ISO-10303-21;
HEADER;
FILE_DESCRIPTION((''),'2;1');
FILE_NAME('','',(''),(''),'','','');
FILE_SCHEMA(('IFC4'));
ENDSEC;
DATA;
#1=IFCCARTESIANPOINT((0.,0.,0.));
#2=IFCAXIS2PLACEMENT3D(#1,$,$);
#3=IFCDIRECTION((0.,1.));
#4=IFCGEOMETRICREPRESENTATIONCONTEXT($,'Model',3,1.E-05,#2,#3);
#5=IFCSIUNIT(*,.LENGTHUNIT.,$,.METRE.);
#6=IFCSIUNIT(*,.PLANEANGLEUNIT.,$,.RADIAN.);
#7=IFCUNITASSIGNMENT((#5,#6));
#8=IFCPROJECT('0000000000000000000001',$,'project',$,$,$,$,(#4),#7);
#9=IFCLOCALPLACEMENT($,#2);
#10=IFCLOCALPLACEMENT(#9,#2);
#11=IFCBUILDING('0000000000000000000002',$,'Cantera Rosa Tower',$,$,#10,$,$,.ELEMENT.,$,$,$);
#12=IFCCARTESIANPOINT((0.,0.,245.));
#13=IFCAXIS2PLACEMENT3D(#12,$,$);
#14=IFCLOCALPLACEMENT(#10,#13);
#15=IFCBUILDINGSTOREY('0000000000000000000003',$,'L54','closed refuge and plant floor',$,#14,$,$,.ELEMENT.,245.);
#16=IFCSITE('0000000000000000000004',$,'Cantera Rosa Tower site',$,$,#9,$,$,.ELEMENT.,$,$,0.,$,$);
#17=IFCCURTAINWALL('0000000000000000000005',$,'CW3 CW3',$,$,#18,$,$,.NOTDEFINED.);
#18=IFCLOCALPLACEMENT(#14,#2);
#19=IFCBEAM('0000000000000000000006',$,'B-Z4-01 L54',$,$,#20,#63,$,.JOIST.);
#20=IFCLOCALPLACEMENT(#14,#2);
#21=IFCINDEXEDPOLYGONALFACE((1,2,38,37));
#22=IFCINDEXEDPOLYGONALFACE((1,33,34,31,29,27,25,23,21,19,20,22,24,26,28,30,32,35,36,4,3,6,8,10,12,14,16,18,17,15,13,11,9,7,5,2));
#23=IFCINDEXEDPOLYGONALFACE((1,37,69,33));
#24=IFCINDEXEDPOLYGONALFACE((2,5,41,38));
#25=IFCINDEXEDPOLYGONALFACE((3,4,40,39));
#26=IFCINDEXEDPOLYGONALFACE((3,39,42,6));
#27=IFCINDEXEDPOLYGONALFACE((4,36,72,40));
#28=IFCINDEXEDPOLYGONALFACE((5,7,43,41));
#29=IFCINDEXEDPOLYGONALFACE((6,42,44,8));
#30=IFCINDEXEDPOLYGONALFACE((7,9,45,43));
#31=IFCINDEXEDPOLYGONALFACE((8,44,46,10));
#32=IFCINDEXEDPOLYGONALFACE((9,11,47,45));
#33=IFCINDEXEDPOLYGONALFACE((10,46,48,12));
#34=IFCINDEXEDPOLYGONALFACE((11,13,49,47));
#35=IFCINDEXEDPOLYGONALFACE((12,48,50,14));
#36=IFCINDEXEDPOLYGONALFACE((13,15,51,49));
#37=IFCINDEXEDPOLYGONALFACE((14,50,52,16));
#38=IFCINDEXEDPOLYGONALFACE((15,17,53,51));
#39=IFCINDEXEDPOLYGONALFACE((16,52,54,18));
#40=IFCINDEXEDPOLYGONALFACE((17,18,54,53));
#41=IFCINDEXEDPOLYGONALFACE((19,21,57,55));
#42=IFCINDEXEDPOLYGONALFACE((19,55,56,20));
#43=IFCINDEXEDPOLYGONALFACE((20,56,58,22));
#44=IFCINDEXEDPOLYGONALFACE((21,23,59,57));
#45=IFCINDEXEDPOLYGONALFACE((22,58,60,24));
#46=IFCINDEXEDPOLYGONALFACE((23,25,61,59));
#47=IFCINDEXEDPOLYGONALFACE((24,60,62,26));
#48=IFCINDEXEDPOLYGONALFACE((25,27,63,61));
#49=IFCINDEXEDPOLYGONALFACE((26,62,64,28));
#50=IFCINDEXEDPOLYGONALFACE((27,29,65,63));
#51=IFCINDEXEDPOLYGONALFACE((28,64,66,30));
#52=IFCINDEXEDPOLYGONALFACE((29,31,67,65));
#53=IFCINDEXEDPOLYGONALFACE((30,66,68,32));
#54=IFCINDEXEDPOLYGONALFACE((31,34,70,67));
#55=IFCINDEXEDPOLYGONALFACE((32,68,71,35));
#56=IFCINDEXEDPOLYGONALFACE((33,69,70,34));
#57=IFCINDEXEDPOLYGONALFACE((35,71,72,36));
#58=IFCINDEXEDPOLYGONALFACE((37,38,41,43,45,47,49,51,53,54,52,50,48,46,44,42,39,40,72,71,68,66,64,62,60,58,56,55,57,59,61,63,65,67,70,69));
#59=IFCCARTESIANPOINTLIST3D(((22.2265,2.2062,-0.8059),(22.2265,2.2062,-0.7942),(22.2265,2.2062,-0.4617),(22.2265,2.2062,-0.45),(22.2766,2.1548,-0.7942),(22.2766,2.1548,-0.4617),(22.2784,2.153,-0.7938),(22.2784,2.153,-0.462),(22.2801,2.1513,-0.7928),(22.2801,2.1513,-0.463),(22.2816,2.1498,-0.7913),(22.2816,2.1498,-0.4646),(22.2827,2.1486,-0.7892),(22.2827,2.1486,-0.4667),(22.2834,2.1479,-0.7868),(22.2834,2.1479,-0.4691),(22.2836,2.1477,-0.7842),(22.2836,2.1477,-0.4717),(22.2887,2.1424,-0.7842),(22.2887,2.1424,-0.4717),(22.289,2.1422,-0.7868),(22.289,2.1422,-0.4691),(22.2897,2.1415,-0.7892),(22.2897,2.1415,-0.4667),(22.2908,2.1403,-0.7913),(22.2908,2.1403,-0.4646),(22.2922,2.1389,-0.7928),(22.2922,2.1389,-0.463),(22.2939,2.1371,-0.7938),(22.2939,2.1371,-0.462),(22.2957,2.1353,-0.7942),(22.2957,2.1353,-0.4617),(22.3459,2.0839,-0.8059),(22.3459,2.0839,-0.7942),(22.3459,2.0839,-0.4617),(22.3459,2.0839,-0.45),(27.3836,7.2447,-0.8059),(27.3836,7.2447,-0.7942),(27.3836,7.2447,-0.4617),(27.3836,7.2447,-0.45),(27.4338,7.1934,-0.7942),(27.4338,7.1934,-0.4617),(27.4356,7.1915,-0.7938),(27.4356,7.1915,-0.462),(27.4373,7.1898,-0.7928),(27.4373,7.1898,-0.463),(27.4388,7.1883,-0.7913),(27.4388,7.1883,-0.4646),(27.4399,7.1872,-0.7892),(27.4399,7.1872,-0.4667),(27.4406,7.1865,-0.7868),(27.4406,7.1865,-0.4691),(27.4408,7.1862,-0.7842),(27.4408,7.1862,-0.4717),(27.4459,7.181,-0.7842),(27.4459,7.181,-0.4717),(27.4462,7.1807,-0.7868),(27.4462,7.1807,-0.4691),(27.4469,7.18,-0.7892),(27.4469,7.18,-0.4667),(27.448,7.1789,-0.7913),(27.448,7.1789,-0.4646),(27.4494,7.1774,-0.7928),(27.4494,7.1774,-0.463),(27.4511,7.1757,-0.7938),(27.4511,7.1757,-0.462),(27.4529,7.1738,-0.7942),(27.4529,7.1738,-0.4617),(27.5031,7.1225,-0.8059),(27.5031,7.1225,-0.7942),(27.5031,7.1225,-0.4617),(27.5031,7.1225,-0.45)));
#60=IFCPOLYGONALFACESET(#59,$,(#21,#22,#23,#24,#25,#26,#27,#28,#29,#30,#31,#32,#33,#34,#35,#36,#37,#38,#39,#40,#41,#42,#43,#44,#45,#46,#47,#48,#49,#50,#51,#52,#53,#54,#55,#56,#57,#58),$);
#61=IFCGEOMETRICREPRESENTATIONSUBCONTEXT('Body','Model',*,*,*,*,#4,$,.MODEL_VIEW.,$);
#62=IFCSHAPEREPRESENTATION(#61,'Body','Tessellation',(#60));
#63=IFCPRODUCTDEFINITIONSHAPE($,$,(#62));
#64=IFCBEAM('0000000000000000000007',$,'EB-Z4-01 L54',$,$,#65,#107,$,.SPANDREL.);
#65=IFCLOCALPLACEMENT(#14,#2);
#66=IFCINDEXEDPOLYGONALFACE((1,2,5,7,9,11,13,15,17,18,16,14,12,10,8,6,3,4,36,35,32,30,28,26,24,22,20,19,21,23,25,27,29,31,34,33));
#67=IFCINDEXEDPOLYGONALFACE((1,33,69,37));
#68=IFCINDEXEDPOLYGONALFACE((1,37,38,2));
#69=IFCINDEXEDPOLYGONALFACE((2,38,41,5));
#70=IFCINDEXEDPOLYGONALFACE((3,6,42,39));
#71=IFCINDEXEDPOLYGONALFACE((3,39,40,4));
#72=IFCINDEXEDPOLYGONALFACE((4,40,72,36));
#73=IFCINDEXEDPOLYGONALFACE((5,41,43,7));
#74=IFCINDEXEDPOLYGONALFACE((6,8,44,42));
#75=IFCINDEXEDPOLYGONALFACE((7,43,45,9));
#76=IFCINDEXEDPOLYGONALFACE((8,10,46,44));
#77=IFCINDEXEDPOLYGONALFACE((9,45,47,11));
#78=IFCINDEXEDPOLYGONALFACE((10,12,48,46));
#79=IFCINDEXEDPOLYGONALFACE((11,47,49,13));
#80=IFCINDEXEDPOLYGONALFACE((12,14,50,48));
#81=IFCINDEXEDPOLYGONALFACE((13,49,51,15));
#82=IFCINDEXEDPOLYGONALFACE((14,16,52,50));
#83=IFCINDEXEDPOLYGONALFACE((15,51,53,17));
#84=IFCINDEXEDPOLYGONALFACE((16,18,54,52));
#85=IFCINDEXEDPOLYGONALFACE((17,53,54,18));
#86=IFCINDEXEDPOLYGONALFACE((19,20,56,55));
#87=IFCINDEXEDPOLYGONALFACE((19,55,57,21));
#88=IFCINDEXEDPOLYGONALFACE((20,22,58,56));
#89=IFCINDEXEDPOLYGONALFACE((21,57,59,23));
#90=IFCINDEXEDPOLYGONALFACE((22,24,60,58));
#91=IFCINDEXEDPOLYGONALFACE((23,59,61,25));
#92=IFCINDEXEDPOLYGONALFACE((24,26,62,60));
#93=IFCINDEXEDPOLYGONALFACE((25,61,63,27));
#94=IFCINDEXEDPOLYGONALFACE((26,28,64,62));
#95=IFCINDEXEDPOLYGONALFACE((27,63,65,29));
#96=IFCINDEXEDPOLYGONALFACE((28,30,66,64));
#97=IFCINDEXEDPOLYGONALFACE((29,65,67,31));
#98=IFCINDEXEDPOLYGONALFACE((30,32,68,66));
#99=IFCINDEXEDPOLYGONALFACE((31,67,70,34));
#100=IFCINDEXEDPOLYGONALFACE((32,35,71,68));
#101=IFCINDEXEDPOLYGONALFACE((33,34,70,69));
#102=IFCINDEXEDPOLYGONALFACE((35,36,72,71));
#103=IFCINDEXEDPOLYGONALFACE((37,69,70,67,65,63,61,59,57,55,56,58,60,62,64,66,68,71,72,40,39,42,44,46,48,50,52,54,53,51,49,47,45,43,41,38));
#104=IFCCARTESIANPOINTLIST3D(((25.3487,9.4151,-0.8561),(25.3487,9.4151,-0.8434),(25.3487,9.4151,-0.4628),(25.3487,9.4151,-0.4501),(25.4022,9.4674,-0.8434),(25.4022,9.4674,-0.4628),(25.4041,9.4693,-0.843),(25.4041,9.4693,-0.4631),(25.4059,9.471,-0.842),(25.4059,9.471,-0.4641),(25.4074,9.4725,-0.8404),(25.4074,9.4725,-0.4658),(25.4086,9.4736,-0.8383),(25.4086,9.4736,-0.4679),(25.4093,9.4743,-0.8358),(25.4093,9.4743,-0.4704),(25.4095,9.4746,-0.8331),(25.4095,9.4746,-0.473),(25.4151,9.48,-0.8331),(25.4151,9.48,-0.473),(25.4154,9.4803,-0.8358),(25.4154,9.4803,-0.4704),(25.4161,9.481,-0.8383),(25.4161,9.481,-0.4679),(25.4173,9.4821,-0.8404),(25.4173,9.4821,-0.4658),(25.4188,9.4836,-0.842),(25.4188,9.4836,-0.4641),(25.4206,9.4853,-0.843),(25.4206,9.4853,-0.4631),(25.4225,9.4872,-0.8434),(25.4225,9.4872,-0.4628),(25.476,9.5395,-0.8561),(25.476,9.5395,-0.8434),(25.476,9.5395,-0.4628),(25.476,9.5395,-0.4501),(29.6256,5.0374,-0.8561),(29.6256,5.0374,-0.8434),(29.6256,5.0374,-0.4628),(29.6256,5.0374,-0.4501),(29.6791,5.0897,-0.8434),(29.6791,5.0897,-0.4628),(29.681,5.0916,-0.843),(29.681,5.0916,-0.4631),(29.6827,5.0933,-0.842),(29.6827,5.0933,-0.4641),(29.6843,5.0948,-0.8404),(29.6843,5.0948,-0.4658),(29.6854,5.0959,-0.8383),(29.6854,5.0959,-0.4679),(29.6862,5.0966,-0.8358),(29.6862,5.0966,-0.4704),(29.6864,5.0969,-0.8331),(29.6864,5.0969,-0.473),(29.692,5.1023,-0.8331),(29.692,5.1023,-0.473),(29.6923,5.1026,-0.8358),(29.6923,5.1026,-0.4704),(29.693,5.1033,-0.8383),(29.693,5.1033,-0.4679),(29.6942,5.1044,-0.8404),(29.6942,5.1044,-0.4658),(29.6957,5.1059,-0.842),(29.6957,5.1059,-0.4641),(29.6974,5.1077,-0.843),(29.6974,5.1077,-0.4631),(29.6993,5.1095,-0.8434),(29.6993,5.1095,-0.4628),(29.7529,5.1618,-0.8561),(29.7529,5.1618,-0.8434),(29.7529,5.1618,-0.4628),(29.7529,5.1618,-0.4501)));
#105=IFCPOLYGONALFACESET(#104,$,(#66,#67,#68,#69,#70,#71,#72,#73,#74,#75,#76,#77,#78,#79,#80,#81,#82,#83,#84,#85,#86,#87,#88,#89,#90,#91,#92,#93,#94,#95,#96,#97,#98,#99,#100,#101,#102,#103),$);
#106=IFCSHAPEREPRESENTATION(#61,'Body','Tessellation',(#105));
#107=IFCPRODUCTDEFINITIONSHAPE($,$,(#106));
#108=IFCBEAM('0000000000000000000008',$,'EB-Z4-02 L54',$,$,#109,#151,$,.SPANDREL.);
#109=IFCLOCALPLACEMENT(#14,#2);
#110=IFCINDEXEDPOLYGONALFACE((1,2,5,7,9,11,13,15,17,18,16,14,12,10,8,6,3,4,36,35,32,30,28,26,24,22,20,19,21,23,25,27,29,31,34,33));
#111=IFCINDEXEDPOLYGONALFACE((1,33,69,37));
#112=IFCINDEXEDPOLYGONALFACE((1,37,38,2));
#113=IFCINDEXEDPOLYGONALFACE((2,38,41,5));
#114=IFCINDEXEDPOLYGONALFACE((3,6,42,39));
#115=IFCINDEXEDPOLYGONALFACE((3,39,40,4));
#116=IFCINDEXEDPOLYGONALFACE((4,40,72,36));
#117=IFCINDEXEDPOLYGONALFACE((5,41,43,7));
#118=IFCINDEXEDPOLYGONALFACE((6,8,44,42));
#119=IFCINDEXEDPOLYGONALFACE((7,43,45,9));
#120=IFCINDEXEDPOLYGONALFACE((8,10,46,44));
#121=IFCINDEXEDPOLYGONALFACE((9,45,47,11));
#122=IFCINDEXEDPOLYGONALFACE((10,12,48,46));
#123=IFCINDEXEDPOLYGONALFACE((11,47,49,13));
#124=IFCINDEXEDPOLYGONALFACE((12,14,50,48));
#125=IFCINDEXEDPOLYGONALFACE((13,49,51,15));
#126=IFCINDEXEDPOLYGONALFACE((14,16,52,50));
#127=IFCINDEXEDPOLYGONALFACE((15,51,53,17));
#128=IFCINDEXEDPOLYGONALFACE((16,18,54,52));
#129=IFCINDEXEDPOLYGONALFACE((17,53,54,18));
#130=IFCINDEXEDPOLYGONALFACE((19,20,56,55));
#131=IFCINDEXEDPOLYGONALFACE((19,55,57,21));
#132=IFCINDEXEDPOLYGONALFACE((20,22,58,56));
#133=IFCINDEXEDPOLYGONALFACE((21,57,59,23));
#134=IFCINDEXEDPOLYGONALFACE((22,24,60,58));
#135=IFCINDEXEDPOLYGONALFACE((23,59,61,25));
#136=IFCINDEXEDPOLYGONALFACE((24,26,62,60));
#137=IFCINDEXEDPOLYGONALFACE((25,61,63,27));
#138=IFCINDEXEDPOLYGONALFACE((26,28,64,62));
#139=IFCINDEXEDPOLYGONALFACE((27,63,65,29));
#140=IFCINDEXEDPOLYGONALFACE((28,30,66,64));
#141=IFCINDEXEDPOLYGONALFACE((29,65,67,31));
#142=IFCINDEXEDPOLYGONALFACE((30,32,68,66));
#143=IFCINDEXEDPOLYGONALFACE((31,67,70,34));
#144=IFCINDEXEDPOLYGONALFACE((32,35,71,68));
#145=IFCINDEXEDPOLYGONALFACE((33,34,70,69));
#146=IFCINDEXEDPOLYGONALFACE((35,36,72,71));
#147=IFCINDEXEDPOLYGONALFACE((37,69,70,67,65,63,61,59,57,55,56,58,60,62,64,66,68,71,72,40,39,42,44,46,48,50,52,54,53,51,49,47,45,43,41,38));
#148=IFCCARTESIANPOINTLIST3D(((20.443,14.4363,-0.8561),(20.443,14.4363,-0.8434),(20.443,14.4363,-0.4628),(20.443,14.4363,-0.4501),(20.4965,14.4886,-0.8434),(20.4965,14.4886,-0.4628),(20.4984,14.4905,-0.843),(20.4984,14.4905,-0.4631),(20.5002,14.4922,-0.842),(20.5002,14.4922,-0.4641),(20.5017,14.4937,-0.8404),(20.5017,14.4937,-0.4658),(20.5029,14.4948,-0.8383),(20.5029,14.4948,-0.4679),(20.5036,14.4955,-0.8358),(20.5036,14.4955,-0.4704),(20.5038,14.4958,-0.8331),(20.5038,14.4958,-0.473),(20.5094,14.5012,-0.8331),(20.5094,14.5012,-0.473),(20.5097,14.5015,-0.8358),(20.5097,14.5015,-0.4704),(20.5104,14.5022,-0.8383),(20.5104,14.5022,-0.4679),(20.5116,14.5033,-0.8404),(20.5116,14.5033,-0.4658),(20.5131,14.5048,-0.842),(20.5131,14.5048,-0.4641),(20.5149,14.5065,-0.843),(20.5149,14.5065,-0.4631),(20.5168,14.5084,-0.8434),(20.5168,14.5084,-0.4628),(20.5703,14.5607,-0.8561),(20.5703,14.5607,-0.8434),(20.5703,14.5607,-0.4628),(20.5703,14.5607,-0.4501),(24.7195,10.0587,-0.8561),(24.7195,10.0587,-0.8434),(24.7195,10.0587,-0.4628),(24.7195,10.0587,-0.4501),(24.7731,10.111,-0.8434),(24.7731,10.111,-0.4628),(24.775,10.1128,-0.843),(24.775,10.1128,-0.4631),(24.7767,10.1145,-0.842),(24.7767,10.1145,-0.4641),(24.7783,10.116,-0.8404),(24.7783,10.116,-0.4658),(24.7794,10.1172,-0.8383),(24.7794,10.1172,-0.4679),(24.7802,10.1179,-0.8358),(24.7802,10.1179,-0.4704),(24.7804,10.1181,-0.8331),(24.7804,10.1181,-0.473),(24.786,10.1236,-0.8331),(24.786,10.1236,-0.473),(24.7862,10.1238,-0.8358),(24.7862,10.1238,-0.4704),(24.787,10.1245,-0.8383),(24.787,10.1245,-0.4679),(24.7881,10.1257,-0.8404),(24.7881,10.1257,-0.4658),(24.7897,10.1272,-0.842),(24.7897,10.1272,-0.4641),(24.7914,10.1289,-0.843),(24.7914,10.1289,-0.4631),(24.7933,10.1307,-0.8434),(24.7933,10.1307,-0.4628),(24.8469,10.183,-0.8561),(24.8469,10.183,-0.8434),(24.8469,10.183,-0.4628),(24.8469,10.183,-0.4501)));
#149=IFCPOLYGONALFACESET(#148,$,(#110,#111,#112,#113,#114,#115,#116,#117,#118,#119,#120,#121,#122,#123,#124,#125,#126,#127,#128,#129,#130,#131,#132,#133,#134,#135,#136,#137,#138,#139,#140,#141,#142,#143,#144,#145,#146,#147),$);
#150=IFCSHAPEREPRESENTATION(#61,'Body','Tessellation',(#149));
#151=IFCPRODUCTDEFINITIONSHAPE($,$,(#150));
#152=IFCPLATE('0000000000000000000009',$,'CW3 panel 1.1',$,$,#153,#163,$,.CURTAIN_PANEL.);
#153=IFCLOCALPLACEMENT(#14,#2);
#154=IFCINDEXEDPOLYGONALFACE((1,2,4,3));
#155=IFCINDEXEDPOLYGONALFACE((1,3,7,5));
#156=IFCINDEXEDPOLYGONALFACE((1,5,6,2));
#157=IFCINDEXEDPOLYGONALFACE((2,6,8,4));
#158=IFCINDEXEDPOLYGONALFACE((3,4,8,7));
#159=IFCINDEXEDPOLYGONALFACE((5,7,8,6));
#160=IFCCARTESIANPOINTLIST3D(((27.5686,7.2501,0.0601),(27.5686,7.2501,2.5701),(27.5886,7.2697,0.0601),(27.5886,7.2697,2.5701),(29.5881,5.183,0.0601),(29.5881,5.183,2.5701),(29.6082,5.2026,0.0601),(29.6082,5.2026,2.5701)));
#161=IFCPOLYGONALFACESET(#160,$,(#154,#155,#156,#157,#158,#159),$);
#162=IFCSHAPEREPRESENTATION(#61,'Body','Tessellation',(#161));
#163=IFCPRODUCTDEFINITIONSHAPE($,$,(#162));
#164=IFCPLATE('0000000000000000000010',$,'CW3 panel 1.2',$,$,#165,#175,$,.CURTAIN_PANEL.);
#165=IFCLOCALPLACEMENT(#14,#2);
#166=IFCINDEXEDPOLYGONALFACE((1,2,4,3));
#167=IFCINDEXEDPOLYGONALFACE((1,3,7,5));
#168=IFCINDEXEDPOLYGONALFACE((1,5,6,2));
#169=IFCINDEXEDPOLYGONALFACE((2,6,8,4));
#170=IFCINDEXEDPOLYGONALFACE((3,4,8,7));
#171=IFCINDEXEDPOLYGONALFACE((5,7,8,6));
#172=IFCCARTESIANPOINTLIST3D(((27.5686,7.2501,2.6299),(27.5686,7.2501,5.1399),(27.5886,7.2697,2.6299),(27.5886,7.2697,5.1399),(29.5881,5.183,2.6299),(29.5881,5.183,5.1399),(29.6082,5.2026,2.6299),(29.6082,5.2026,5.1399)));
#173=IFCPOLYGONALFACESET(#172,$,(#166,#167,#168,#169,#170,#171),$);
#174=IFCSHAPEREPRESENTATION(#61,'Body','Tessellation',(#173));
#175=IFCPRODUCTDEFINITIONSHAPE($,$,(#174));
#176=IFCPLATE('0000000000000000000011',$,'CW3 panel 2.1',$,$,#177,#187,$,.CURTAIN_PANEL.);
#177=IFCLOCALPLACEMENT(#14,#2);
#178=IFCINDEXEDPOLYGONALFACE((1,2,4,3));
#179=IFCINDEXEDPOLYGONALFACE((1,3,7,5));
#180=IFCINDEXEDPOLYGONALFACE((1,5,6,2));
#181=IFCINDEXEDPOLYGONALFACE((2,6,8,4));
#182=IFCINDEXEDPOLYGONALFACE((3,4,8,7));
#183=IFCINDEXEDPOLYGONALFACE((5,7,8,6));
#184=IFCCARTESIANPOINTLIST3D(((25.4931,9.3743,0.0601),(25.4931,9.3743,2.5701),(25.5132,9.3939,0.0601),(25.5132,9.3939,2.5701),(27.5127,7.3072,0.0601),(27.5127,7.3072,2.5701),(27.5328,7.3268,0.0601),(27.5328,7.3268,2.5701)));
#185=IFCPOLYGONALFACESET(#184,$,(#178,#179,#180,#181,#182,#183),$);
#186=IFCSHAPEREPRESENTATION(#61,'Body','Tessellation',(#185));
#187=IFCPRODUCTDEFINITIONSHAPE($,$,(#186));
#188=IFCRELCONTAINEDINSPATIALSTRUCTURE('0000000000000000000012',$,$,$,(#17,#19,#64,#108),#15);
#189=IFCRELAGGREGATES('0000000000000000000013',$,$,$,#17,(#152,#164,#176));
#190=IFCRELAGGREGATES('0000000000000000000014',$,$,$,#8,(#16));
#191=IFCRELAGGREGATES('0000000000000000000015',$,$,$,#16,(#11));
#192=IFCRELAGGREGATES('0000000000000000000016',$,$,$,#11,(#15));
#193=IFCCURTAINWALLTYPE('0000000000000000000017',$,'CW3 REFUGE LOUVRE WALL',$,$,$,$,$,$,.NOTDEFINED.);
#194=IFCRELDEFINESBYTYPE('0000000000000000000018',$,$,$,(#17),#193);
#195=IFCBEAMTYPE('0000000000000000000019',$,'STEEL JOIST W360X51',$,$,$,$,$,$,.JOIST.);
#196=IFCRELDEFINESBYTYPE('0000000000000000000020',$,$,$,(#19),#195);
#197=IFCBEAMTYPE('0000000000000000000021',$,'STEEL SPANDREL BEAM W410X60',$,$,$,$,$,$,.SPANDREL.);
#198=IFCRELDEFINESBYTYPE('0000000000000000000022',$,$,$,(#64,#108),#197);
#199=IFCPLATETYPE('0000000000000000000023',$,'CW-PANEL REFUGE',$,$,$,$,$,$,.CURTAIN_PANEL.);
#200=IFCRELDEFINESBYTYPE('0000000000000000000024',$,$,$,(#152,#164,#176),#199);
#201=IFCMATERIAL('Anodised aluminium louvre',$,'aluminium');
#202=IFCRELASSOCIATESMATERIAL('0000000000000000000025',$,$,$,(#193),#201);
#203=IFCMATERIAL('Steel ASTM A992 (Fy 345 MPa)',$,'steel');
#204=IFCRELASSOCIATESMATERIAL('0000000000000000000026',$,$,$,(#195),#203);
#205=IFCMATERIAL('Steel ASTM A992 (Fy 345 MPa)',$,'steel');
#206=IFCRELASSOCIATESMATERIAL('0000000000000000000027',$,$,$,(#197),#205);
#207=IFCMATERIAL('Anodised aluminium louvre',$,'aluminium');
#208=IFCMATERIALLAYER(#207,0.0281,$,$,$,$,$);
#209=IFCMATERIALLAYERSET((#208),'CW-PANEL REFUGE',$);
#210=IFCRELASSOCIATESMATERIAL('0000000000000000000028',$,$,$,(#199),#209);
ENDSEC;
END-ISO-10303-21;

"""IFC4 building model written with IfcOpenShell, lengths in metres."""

from ifc_helpers import new_model, si_unit, direction, frame, origin, origin_2d, place, context, subcontext, project, spatial, rectangle, i_section, extrude, material, layer, layer_set, material_profile, profile_set, type_object, element, aggregate, save


model = new_model("IFC4")

# Units and contexts
model_context = context("Model", 3, precision=1e-05, world=origin(), true_north=direction((0.0, 1.0)))
body_context = subcontext(model_context, "Body", "Model", "MODEL_VIEW")
ifc_project = project(units=[si_unit("LENGTHUNIT", "METRE"), si_unit("PLANEANGLEUNIT", "RADIAN")], contexts=[model_context])

# Site, building, storey
site_placement = place(None, origin())
site = spatial("IfcSite", under=ifc_project, at=site_placement, Name="Cantera Rosa Tower site", CompositionType="ELEMENT", RefElevation=0.0)
building_placement = place(site_placement, origin())
building = spatial("IfcBuilding", under=site, at=building_placement, Name="Cantera Rosa Tower", CompositionType="ELEMENT")
storey_placement = place(building_placement, frame((0.0, 0.0, 245.0)))
storey = spatial("IfcBuildingStorey", under=building, at=storey_placement, Name="L54", Description="closed refuge and plant floor", CompositionType="ELEMENT", Elevation=245.0)

# Curtain wall
ifc_material_1 = material(Name="Anodised aluminium louvre", Category="aluminium")
curtain_wall_type = type_object("IfcCurtainWallType", Name="CW3 REFUGE LOUVRE WALL", PredefinedType="NOTDEFINED", material=ifc_material_1)
curtain_wall_placement = place(storey_placement, origin())
curtain_wall = element("IfcCurtainWall", 1, at=curtain_wall_placement, inside=storey, type_object=curtain_wall_type, Name="CW3 CW3", PredefinedType="NOTDEFINED")

# Beams
ifc_material_2 = material(Name="Steel ASTM A992 (Fy 345 MPa)", Category="steel")
ifc_material_profile_1 = material_profile(ifc_material_2, i_section(OverallWidth=0.1709, OverallDepth=0.356, WebThickness=0.0073, FlangeThickness=0.0117, FilletRadius=0.01, at=origin_2d()), Name="W360X51")
ifc_profile_set_1 = profile_set([ifc_material_profile_1], Name="Steel ASTM A992 (Fy 345 MPa)")
beam_type_1 = type_object("IfcBeamType", Name="STEEL JOIST W360X51", PredefinedType="JOIST", material=ifc_profile_set_1)
beam_1_placement = place(storey_placement, frame((27.4434, 7.1836, -0.6279), z_axis=(-0.715287, -0.698831, 0.0), x_axis=(0.698831, -0.715287, 0.0)))
element("IfcBeam", 2, at=beam_1_placement, inside=storey, type_object=beam_type_1, Name="B-Z4-01 L54", PredefinedType="JOIST", context=body_context, shape_type="SweptSolid", body=[
    extrude(i_section(OverallWidth=0.1709, OverallDepth=0.356, WebThickness=0.0073, FlangeThickness=0.0117, FilletRadius=0.01, at=origin_2d()), origin(), (0.0, 0.0, 1.0), 7.21),
])
ifc_material_3 = material(Name="Steel ASTM A992 (Fy 345 MPa)", Category="steel")
ifc_material_profile_2 = material_profile(ifc_material_3, i_section(OverallWidth=0.178, OverallDepth=0.406, WebThickness=0.0078, FlangeThickness=0.0127, FilletRadius=0.0103, at=origin_2d()), Name="W410X60")
ifc_profile_set_2 = profile_set([ifc_material_profile_2], Name="Steel ASTM A992 (Fy 345 MPa)")
beam_type_2 = type_object("IfcBeamType", Name="STEEL SPANDREL BEAM W410X60", PredefinedType="SPANDREL", material=ifc_profile_set_2)
beam_2_placement = place(storey_placement, frame((29.6892, 5.0996, -0.6531), z_axis=(-0.698821, 0.715296, 0.0), x_axis=(-0.715296, -0.698821, 0.0)))
element("IfcBeam", 3, at=beam_2_placement, inside=storey, type_object=beam_type_2, Name="EB-Z4-01 L54", PredefinedType="SPANDREL", context=body_context, shape_type="SweptSolid", body=[
    extrude(i_section(OverallWidth=0.178, OverallDepth=0.406, WebThickness=0.0078, FlangeThickness=0.0127, FilletRadius=0.0103, at=origin_2d()), origin(), (0.0, 0.0, 1.0), 6.1201),
])
beam_3_placement = place(storey_placement, frame((24.7832, 10.1208, -0.6531), z_axis=(-0.698801, 0.715316, 0.0), x_axis=(-0.715316, -0.698801, 0.0)))
element("IfcBeam", 4, at=beam_3_placement, inside=storey, type_object=beam_type_2, Name="EB-Z4-02 L54", PredefinedType="SPANDREL", context=body_context, shape_type="SweptSolid", body=[
    extrude(i_section(OverallWidth=0.178, OverallDepth=0.406, WebThickness=0.0078, FlangeThickness=0.0127, FilletRadius=0.0103, at=origin_2d()), origin(), (0.0, 0.0, 1.0), 6.1199),
])

# Plates
ifc_material_4 = material(Name="Anodised aluminium louvre", Category="aluminium")
ifc_layer_1 = layer(ifc_material_4, 0.0281)
ifc_layer_set_1 = layer_set([ifc_layer_1], Name="CW-PANEL REFUGE")
plate_type = type_object("IfcPlateType", Name="CW-PANEL REFUGE", PredefinedType="CURTAIN_PANEL", material=ifc_layer_set_1)
plate_1_placement = place(storey_placement, frame((28.5884, 6.2263, 0.0601), z_axis=(0.0, 0.0, 1.0), x_axis=(-0.698832, 0.715286, 0.0)))
plate_1 = element("IfcPlate", 5, at=plate_1_placement, type_object=plate_type, Name="CW3 panel 1.1", PredefinedType="CURTAIN_PANEL", context=body_context, shape_type="SweptSolid", body=[
    extrude(rectangle(XDim=2.8899, YDim=0.0281, at=origin_2d()), origin(), (0.0, 0.0, 1.0), 2.51),
])
plate_2_placement = place(storey_placement, frame((28.5884, 6.2263, 2.6299), z_axis=(0.0, 0.0, 1.0), x_axis=(-0.698832, 0.715286, 0.0)))
plate_2 = element("IfcPlate", 6, at=plate_2_placement, type_object=plate_type, Name="CW3 panel 1.2", PredefinedType="CURTAIN_PANEL", context=body_context, shape_type="SweptSolid", body=[
    extrude(rectangle(XDim=2.8899, YDim=0.0281, at=origin_2d()), origin(), (0.0, 0.0, 1.0), 2.51),
])
plate_3_placement = place(storey_placement, frame((26.5129, 8.3506, 0.0601), z_axis=(0.0, 0.0, 1.0), x_axis=(-0.698832, 0.715286, 0.0)))
plate_3 = element("IfcPlate", 7, at=plate_3_placement, type_object=plate_type, Name="CW3 panel 2.1", PredefinedType="CURTAIN_PANEL", context=body_context, shape_type="SweptSolid", body=[
    extrude(rectangle(XDim=2.8899, YDim=0.0281, at=origin_2d()), origin(), (0.0, 0.0, 1.0), 2.51),
])
aggregate(curtain_wall, [plate_1, plate_2, plate_3])

save(model, "model.ifc")
